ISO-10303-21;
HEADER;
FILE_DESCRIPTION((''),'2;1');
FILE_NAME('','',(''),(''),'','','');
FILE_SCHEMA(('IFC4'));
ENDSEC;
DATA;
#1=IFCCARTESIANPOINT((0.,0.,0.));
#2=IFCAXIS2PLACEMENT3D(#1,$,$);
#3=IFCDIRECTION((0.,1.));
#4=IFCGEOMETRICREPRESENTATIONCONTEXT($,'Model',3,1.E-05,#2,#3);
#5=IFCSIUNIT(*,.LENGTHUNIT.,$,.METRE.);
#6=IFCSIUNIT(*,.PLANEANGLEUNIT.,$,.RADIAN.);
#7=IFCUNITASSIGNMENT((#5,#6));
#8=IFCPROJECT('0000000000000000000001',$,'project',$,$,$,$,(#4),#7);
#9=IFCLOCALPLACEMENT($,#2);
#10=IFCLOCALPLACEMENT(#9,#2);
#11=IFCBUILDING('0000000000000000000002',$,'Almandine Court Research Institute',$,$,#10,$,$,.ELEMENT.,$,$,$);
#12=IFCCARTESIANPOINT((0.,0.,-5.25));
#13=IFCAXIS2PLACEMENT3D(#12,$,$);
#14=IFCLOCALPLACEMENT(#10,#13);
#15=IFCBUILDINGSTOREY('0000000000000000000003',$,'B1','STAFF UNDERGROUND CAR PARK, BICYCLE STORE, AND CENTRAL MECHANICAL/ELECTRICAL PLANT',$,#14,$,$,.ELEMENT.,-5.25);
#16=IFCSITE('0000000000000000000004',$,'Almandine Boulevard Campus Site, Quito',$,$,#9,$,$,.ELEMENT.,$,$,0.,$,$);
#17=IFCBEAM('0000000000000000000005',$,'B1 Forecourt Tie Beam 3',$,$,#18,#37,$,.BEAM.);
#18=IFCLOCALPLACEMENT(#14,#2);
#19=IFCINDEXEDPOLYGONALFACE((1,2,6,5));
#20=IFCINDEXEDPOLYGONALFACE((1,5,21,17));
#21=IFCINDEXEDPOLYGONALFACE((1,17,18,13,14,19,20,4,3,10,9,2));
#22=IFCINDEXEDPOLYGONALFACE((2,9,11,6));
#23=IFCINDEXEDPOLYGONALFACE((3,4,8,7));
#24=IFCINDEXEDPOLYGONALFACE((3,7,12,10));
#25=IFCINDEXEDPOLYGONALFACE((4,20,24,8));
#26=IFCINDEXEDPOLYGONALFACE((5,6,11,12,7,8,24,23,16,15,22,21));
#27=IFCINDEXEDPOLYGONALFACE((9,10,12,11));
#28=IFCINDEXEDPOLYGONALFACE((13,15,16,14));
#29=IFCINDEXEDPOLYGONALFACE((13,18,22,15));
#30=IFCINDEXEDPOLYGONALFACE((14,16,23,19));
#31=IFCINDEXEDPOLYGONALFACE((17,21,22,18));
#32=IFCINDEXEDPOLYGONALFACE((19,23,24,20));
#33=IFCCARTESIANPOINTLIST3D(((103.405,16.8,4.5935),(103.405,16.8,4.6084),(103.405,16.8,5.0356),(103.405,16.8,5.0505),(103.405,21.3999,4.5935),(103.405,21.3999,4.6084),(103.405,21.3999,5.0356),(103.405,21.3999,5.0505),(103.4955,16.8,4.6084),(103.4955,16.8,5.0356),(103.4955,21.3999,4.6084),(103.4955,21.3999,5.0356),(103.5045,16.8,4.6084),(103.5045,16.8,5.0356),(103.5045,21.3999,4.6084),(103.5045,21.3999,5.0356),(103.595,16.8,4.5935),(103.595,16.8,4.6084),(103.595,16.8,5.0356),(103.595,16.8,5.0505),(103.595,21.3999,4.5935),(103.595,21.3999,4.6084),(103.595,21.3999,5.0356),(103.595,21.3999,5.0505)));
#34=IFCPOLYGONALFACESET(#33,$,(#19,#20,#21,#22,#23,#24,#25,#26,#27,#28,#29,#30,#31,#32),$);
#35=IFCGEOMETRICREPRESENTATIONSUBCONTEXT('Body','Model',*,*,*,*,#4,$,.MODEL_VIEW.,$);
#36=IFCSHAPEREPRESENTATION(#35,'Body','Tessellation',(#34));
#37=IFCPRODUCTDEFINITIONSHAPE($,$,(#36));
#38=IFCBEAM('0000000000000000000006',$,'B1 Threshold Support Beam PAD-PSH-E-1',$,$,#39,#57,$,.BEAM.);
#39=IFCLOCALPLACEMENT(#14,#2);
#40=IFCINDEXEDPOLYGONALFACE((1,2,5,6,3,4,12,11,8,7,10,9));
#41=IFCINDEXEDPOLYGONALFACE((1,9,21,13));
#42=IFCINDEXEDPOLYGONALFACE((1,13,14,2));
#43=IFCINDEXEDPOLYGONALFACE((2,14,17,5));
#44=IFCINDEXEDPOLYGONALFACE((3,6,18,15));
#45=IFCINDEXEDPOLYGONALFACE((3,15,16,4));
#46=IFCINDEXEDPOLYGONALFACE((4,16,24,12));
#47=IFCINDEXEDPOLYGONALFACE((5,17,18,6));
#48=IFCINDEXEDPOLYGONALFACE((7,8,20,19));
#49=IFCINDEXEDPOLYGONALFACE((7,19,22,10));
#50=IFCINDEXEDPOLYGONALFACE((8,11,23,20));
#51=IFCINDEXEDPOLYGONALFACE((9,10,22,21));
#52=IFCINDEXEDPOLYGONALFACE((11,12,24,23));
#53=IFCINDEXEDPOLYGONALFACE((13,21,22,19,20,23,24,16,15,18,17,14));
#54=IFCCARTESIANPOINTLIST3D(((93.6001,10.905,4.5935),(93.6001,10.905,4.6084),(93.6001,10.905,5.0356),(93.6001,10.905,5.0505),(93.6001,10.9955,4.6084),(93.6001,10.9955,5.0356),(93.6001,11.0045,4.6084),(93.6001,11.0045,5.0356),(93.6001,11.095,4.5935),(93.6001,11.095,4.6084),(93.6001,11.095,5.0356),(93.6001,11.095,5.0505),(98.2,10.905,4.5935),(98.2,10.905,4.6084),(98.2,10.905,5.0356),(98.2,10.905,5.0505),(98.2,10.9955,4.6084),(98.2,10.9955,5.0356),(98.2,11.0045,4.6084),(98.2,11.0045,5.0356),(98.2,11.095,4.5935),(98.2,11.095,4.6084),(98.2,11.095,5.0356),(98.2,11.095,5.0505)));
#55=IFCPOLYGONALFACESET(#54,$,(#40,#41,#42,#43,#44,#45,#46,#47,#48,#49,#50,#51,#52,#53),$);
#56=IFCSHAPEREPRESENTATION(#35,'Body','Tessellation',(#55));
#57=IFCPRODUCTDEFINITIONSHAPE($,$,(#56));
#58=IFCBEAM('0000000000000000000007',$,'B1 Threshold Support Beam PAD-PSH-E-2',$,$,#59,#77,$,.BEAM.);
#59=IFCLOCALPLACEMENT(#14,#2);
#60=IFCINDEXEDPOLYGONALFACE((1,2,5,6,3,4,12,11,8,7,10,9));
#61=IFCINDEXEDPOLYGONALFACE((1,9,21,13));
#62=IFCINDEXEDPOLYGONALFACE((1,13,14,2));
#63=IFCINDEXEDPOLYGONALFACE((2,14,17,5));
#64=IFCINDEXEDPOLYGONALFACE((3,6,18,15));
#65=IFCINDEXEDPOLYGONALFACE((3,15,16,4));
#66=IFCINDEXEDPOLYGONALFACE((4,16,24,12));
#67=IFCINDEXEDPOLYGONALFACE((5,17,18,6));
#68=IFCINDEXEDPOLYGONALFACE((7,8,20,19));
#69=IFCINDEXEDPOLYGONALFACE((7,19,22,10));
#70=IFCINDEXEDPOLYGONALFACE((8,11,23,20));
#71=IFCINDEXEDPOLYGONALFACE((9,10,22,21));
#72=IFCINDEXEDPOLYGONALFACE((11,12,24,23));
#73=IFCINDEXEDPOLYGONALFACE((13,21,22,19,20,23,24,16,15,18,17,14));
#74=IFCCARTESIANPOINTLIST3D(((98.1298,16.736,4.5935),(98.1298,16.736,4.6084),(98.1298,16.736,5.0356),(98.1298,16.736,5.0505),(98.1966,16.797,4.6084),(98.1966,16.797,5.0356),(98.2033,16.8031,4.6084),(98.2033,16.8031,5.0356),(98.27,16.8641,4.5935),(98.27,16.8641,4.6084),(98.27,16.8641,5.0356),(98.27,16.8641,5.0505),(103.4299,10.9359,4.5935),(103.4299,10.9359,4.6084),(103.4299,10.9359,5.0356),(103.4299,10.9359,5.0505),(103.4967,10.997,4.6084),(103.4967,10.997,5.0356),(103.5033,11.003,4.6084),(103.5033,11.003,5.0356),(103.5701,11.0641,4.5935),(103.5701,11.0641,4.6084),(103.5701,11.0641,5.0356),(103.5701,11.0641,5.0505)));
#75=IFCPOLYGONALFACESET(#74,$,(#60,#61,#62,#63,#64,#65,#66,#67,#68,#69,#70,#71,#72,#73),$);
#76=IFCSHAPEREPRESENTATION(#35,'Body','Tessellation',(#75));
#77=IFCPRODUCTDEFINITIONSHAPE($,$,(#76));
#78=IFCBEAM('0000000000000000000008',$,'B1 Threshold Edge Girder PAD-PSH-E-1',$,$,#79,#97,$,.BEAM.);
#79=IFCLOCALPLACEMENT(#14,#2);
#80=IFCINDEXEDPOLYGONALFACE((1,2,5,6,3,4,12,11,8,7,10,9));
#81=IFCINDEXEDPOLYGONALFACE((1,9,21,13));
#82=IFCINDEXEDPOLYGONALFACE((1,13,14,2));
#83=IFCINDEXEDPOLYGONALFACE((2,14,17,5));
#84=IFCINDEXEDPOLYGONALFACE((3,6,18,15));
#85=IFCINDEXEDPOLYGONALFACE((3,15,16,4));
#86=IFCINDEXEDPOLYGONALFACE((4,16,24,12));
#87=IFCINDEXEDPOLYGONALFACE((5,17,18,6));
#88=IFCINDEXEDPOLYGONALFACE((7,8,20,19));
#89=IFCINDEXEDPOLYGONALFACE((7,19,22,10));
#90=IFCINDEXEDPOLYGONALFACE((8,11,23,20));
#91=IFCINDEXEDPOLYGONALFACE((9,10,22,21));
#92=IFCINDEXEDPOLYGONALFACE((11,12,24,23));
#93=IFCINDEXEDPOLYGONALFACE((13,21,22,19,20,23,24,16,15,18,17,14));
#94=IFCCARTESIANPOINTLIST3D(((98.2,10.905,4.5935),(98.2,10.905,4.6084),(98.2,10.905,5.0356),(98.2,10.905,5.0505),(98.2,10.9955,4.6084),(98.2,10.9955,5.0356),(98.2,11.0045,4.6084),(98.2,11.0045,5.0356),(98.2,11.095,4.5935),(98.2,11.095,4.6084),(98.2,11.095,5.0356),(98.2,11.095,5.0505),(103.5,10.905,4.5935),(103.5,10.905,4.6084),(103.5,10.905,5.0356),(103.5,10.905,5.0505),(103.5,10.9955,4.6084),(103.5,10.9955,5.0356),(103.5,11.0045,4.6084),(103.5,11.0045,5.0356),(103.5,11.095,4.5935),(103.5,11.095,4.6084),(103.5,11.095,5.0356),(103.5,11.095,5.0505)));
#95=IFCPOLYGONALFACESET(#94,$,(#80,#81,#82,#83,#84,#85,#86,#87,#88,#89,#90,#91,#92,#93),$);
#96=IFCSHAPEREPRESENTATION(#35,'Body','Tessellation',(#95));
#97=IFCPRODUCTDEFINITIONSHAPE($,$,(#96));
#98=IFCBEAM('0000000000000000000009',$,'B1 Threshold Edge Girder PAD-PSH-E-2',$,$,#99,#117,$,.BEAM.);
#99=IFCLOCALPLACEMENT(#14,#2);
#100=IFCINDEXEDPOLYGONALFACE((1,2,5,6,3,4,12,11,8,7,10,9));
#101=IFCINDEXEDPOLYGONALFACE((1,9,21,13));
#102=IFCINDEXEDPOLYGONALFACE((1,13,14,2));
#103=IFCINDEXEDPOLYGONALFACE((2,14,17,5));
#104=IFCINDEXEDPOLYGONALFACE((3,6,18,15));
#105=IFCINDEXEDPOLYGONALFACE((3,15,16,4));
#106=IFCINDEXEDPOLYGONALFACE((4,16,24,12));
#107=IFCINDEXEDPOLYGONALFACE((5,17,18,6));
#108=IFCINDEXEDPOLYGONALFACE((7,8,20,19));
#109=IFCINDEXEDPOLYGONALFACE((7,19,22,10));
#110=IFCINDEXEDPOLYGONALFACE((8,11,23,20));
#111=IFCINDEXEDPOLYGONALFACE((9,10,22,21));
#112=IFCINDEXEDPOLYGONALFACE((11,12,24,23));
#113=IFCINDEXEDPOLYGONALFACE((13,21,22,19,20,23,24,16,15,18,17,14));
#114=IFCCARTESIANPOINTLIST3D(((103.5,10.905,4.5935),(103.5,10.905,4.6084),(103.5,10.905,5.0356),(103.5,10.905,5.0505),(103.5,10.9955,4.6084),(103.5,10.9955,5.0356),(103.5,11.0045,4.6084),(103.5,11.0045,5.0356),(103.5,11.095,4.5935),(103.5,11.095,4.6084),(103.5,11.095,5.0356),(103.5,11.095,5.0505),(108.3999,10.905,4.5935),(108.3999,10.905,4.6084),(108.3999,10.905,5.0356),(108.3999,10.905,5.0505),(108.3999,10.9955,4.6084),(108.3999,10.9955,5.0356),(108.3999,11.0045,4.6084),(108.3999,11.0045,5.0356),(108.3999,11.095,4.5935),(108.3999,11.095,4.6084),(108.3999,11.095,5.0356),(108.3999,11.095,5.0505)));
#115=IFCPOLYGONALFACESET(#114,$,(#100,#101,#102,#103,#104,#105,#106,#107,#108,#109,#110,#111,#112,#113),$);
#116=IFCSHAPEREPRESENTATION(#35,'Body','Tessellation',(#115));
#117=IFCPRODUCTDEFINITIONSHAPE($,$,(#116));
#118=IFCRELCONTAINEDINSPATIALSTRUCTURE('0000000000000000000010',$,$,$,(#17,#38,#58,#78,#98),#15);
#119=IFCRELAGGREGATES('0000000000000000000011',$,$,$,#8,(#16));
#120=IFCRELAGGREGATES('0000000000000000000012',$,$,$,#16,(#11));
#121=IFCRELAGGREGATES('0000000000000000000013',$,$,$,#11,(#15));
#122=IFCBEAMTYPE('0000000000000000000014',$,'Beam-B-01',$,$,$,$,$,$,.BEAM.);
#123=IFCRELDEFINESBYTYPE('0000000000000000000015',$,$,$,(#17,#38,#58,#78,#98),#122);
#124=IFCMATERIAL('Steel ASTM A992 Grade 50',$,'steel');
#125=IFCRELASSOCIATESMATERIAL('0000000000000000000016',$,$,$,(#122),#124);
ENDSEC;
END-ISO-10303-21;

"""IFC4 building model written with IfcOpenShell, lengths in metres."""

from ifc_helpers import new_model, si_unit, direction, frame, origin, origin_2d, place, context, subcontext, project, spatial, i_section, extrude, material, material_profile, profile_set, type_object, element, save


model = new_model("IFC4")

# Units and contexts
model_context = context("Model", 3, precision=1e-05, world=origin(), true_north=direction((0.0, 1.0)))
body_context = subcontext(model_context, "Body", "Model", "MODEL_VIEW")
ifc_project = project(units=[si_unit("LENGTHUNIT", "METRE"), si_unit("PLANEANGLEUNIT", "RADIAN")], contexts=[model_context])

# Site, building, storey
site_placement = place(None, origin())
site = spatial("IfcSite", under=ifc_project, at=site_placement, Name="Almandine Boulevard Campus Site, Quito", CompositionType="ELEMENT", RefElevation=0.0)
building_placement = place(site_placement, origin())
building = spatial("IfcBuilding", under=site, at=building_placement, Name="Almandine Court Research Institute", CompositionType="ELEMENT")
storey_placement = place(building_placement, frame((0.0, 0.0, -5.25)))
storey = spatial("IfcBuildingStorey", under=building, at=storey_placement, Name="B1", Description="STAFF UNDERGROUND CAR PARK, BICYCLE STORE, AND CENTRAL MECHANICAL/ELECTRICAL PLANT", CompositionType="ELEMENT", Elevation=-5.25)

# Shared definitions
ifc_material_1 = material(Name="Steel ASTM A992 Grade 50", Category="steel")

# Beams
ifc_material_profile_1 = material_profile(ifc_material_1, i_section(OverallWidth=0.1899, OverallDepth=0.457, WebThickness=0.009, FlangeThickness=0.0149, at=origin_2d()), Name="W460x74")
ifc_profile_set_1 = profile_set([ifc_material_profile_1], Name="Steel ASTM A992 Grade 50")
beam_type = type_object("IfcBeamType", Name="Beam-B-01", PredefinedType="BEAM", material=ifc_profile_set_1)
for number, where, z_axis, x_axis, name in (
    (1, (103.5, 16.8, 4.822), (0.0, 1.0, 0.0), (-1.0, 0.0, 0.0), "B1 Forecourt Tie Beam 3"),
    (2, (98.2, 11.0, 4.822), (-1.0, 0.0, 0.0), (0.0, -1.0, 0.0), "B1 Threshold Support Beam PAD-PSH-E-1"),
):
    element("IfcBeam", number, at=place(storey_placement, frame(where, z_axis=z_axis, x_axis=x_axis)), inside=storey, type_object=beam_type, Name=name, PredefinedType="BEAM", context=body_context, shape_type="SweptSolid", body=[
        extrude(i_section(OverallWidth=0.1899, OverallDepth=0.457, WebThickness=0.009, FlangeThickness=0.0149, at=origin_2d()), origin(), (0.0, 0.0, 1.0), 4.5999),
    ])
beam_1_placement = place(storey_placement, frame((103.5, 11.0, 4.822), z_axis=(-0.674571, 0.73821, 0.0), x_axis=(-0.73821, -0.674571, 0.0)))
element("IfcBeam", 3, at=beam_1_placement, inside=storey, type_object=beam_type, Name="B1 Threshold Support Beam PAD-PSH-E-2", PredefinedType="BEAM", context=body_context, shape_type="SweptSolid", body=[
    extrude(i_section(OverallWidth=0.1899, OverallDepth=0.457, WebThickness=0.009, FlangeThickness=0.0149, at=origin_2d()), origin(), (0.0, 0.0, 1.0), 7.8569),
])
beam_2_placement = place(storey_placement, frame((98.2, 11.0, 4.822), z_axis=(1.0, 0.0, 0.0), x_axis=(0.0, 1.0, 0.0)))
element("IfcBeam", 4, at=beam_2_placement, inside=storey, type_object=beam_type, Name="B1 Threshold Edge Girder PAD-PSH-E-1", PredefinedType="BEAM", context=body_context, shape_type="SweptSolid", body=[
    extrude(i_section(OverallWidth=0.1899, OverallDepth=0.457, WebThickness=0.009, FlangeThickness=0.0149, at=origin_2d()), origin(), (0.0, 0.0, 1.0), 5.3),
])
beam_3_placement = place(storey_placement, frame((103.5, 11.0, 4.822), z_axis=(1.0, 0.0, 0.0), x_axis=(0.0, 1.0, 0.0)))
element("IfcBeam", 5, at=beam_3_placement, inside=storey, type_object=beam_type, Name="B1 Threshold Edge Girder PAD-PSH-E-2", PredefinedType="BEAM", context=body_context, shape_type="SweptSolid", body=[
    extrude(i_section(OverallWidth=0.1899, OverallDepth=0.457, WebThickness=0.009, FlangeThickness=0.0149, at=origin_2d()), origin(), (0.0, 0.0, 1.0), 4.8999),
])

save(model, "model.ifc")
